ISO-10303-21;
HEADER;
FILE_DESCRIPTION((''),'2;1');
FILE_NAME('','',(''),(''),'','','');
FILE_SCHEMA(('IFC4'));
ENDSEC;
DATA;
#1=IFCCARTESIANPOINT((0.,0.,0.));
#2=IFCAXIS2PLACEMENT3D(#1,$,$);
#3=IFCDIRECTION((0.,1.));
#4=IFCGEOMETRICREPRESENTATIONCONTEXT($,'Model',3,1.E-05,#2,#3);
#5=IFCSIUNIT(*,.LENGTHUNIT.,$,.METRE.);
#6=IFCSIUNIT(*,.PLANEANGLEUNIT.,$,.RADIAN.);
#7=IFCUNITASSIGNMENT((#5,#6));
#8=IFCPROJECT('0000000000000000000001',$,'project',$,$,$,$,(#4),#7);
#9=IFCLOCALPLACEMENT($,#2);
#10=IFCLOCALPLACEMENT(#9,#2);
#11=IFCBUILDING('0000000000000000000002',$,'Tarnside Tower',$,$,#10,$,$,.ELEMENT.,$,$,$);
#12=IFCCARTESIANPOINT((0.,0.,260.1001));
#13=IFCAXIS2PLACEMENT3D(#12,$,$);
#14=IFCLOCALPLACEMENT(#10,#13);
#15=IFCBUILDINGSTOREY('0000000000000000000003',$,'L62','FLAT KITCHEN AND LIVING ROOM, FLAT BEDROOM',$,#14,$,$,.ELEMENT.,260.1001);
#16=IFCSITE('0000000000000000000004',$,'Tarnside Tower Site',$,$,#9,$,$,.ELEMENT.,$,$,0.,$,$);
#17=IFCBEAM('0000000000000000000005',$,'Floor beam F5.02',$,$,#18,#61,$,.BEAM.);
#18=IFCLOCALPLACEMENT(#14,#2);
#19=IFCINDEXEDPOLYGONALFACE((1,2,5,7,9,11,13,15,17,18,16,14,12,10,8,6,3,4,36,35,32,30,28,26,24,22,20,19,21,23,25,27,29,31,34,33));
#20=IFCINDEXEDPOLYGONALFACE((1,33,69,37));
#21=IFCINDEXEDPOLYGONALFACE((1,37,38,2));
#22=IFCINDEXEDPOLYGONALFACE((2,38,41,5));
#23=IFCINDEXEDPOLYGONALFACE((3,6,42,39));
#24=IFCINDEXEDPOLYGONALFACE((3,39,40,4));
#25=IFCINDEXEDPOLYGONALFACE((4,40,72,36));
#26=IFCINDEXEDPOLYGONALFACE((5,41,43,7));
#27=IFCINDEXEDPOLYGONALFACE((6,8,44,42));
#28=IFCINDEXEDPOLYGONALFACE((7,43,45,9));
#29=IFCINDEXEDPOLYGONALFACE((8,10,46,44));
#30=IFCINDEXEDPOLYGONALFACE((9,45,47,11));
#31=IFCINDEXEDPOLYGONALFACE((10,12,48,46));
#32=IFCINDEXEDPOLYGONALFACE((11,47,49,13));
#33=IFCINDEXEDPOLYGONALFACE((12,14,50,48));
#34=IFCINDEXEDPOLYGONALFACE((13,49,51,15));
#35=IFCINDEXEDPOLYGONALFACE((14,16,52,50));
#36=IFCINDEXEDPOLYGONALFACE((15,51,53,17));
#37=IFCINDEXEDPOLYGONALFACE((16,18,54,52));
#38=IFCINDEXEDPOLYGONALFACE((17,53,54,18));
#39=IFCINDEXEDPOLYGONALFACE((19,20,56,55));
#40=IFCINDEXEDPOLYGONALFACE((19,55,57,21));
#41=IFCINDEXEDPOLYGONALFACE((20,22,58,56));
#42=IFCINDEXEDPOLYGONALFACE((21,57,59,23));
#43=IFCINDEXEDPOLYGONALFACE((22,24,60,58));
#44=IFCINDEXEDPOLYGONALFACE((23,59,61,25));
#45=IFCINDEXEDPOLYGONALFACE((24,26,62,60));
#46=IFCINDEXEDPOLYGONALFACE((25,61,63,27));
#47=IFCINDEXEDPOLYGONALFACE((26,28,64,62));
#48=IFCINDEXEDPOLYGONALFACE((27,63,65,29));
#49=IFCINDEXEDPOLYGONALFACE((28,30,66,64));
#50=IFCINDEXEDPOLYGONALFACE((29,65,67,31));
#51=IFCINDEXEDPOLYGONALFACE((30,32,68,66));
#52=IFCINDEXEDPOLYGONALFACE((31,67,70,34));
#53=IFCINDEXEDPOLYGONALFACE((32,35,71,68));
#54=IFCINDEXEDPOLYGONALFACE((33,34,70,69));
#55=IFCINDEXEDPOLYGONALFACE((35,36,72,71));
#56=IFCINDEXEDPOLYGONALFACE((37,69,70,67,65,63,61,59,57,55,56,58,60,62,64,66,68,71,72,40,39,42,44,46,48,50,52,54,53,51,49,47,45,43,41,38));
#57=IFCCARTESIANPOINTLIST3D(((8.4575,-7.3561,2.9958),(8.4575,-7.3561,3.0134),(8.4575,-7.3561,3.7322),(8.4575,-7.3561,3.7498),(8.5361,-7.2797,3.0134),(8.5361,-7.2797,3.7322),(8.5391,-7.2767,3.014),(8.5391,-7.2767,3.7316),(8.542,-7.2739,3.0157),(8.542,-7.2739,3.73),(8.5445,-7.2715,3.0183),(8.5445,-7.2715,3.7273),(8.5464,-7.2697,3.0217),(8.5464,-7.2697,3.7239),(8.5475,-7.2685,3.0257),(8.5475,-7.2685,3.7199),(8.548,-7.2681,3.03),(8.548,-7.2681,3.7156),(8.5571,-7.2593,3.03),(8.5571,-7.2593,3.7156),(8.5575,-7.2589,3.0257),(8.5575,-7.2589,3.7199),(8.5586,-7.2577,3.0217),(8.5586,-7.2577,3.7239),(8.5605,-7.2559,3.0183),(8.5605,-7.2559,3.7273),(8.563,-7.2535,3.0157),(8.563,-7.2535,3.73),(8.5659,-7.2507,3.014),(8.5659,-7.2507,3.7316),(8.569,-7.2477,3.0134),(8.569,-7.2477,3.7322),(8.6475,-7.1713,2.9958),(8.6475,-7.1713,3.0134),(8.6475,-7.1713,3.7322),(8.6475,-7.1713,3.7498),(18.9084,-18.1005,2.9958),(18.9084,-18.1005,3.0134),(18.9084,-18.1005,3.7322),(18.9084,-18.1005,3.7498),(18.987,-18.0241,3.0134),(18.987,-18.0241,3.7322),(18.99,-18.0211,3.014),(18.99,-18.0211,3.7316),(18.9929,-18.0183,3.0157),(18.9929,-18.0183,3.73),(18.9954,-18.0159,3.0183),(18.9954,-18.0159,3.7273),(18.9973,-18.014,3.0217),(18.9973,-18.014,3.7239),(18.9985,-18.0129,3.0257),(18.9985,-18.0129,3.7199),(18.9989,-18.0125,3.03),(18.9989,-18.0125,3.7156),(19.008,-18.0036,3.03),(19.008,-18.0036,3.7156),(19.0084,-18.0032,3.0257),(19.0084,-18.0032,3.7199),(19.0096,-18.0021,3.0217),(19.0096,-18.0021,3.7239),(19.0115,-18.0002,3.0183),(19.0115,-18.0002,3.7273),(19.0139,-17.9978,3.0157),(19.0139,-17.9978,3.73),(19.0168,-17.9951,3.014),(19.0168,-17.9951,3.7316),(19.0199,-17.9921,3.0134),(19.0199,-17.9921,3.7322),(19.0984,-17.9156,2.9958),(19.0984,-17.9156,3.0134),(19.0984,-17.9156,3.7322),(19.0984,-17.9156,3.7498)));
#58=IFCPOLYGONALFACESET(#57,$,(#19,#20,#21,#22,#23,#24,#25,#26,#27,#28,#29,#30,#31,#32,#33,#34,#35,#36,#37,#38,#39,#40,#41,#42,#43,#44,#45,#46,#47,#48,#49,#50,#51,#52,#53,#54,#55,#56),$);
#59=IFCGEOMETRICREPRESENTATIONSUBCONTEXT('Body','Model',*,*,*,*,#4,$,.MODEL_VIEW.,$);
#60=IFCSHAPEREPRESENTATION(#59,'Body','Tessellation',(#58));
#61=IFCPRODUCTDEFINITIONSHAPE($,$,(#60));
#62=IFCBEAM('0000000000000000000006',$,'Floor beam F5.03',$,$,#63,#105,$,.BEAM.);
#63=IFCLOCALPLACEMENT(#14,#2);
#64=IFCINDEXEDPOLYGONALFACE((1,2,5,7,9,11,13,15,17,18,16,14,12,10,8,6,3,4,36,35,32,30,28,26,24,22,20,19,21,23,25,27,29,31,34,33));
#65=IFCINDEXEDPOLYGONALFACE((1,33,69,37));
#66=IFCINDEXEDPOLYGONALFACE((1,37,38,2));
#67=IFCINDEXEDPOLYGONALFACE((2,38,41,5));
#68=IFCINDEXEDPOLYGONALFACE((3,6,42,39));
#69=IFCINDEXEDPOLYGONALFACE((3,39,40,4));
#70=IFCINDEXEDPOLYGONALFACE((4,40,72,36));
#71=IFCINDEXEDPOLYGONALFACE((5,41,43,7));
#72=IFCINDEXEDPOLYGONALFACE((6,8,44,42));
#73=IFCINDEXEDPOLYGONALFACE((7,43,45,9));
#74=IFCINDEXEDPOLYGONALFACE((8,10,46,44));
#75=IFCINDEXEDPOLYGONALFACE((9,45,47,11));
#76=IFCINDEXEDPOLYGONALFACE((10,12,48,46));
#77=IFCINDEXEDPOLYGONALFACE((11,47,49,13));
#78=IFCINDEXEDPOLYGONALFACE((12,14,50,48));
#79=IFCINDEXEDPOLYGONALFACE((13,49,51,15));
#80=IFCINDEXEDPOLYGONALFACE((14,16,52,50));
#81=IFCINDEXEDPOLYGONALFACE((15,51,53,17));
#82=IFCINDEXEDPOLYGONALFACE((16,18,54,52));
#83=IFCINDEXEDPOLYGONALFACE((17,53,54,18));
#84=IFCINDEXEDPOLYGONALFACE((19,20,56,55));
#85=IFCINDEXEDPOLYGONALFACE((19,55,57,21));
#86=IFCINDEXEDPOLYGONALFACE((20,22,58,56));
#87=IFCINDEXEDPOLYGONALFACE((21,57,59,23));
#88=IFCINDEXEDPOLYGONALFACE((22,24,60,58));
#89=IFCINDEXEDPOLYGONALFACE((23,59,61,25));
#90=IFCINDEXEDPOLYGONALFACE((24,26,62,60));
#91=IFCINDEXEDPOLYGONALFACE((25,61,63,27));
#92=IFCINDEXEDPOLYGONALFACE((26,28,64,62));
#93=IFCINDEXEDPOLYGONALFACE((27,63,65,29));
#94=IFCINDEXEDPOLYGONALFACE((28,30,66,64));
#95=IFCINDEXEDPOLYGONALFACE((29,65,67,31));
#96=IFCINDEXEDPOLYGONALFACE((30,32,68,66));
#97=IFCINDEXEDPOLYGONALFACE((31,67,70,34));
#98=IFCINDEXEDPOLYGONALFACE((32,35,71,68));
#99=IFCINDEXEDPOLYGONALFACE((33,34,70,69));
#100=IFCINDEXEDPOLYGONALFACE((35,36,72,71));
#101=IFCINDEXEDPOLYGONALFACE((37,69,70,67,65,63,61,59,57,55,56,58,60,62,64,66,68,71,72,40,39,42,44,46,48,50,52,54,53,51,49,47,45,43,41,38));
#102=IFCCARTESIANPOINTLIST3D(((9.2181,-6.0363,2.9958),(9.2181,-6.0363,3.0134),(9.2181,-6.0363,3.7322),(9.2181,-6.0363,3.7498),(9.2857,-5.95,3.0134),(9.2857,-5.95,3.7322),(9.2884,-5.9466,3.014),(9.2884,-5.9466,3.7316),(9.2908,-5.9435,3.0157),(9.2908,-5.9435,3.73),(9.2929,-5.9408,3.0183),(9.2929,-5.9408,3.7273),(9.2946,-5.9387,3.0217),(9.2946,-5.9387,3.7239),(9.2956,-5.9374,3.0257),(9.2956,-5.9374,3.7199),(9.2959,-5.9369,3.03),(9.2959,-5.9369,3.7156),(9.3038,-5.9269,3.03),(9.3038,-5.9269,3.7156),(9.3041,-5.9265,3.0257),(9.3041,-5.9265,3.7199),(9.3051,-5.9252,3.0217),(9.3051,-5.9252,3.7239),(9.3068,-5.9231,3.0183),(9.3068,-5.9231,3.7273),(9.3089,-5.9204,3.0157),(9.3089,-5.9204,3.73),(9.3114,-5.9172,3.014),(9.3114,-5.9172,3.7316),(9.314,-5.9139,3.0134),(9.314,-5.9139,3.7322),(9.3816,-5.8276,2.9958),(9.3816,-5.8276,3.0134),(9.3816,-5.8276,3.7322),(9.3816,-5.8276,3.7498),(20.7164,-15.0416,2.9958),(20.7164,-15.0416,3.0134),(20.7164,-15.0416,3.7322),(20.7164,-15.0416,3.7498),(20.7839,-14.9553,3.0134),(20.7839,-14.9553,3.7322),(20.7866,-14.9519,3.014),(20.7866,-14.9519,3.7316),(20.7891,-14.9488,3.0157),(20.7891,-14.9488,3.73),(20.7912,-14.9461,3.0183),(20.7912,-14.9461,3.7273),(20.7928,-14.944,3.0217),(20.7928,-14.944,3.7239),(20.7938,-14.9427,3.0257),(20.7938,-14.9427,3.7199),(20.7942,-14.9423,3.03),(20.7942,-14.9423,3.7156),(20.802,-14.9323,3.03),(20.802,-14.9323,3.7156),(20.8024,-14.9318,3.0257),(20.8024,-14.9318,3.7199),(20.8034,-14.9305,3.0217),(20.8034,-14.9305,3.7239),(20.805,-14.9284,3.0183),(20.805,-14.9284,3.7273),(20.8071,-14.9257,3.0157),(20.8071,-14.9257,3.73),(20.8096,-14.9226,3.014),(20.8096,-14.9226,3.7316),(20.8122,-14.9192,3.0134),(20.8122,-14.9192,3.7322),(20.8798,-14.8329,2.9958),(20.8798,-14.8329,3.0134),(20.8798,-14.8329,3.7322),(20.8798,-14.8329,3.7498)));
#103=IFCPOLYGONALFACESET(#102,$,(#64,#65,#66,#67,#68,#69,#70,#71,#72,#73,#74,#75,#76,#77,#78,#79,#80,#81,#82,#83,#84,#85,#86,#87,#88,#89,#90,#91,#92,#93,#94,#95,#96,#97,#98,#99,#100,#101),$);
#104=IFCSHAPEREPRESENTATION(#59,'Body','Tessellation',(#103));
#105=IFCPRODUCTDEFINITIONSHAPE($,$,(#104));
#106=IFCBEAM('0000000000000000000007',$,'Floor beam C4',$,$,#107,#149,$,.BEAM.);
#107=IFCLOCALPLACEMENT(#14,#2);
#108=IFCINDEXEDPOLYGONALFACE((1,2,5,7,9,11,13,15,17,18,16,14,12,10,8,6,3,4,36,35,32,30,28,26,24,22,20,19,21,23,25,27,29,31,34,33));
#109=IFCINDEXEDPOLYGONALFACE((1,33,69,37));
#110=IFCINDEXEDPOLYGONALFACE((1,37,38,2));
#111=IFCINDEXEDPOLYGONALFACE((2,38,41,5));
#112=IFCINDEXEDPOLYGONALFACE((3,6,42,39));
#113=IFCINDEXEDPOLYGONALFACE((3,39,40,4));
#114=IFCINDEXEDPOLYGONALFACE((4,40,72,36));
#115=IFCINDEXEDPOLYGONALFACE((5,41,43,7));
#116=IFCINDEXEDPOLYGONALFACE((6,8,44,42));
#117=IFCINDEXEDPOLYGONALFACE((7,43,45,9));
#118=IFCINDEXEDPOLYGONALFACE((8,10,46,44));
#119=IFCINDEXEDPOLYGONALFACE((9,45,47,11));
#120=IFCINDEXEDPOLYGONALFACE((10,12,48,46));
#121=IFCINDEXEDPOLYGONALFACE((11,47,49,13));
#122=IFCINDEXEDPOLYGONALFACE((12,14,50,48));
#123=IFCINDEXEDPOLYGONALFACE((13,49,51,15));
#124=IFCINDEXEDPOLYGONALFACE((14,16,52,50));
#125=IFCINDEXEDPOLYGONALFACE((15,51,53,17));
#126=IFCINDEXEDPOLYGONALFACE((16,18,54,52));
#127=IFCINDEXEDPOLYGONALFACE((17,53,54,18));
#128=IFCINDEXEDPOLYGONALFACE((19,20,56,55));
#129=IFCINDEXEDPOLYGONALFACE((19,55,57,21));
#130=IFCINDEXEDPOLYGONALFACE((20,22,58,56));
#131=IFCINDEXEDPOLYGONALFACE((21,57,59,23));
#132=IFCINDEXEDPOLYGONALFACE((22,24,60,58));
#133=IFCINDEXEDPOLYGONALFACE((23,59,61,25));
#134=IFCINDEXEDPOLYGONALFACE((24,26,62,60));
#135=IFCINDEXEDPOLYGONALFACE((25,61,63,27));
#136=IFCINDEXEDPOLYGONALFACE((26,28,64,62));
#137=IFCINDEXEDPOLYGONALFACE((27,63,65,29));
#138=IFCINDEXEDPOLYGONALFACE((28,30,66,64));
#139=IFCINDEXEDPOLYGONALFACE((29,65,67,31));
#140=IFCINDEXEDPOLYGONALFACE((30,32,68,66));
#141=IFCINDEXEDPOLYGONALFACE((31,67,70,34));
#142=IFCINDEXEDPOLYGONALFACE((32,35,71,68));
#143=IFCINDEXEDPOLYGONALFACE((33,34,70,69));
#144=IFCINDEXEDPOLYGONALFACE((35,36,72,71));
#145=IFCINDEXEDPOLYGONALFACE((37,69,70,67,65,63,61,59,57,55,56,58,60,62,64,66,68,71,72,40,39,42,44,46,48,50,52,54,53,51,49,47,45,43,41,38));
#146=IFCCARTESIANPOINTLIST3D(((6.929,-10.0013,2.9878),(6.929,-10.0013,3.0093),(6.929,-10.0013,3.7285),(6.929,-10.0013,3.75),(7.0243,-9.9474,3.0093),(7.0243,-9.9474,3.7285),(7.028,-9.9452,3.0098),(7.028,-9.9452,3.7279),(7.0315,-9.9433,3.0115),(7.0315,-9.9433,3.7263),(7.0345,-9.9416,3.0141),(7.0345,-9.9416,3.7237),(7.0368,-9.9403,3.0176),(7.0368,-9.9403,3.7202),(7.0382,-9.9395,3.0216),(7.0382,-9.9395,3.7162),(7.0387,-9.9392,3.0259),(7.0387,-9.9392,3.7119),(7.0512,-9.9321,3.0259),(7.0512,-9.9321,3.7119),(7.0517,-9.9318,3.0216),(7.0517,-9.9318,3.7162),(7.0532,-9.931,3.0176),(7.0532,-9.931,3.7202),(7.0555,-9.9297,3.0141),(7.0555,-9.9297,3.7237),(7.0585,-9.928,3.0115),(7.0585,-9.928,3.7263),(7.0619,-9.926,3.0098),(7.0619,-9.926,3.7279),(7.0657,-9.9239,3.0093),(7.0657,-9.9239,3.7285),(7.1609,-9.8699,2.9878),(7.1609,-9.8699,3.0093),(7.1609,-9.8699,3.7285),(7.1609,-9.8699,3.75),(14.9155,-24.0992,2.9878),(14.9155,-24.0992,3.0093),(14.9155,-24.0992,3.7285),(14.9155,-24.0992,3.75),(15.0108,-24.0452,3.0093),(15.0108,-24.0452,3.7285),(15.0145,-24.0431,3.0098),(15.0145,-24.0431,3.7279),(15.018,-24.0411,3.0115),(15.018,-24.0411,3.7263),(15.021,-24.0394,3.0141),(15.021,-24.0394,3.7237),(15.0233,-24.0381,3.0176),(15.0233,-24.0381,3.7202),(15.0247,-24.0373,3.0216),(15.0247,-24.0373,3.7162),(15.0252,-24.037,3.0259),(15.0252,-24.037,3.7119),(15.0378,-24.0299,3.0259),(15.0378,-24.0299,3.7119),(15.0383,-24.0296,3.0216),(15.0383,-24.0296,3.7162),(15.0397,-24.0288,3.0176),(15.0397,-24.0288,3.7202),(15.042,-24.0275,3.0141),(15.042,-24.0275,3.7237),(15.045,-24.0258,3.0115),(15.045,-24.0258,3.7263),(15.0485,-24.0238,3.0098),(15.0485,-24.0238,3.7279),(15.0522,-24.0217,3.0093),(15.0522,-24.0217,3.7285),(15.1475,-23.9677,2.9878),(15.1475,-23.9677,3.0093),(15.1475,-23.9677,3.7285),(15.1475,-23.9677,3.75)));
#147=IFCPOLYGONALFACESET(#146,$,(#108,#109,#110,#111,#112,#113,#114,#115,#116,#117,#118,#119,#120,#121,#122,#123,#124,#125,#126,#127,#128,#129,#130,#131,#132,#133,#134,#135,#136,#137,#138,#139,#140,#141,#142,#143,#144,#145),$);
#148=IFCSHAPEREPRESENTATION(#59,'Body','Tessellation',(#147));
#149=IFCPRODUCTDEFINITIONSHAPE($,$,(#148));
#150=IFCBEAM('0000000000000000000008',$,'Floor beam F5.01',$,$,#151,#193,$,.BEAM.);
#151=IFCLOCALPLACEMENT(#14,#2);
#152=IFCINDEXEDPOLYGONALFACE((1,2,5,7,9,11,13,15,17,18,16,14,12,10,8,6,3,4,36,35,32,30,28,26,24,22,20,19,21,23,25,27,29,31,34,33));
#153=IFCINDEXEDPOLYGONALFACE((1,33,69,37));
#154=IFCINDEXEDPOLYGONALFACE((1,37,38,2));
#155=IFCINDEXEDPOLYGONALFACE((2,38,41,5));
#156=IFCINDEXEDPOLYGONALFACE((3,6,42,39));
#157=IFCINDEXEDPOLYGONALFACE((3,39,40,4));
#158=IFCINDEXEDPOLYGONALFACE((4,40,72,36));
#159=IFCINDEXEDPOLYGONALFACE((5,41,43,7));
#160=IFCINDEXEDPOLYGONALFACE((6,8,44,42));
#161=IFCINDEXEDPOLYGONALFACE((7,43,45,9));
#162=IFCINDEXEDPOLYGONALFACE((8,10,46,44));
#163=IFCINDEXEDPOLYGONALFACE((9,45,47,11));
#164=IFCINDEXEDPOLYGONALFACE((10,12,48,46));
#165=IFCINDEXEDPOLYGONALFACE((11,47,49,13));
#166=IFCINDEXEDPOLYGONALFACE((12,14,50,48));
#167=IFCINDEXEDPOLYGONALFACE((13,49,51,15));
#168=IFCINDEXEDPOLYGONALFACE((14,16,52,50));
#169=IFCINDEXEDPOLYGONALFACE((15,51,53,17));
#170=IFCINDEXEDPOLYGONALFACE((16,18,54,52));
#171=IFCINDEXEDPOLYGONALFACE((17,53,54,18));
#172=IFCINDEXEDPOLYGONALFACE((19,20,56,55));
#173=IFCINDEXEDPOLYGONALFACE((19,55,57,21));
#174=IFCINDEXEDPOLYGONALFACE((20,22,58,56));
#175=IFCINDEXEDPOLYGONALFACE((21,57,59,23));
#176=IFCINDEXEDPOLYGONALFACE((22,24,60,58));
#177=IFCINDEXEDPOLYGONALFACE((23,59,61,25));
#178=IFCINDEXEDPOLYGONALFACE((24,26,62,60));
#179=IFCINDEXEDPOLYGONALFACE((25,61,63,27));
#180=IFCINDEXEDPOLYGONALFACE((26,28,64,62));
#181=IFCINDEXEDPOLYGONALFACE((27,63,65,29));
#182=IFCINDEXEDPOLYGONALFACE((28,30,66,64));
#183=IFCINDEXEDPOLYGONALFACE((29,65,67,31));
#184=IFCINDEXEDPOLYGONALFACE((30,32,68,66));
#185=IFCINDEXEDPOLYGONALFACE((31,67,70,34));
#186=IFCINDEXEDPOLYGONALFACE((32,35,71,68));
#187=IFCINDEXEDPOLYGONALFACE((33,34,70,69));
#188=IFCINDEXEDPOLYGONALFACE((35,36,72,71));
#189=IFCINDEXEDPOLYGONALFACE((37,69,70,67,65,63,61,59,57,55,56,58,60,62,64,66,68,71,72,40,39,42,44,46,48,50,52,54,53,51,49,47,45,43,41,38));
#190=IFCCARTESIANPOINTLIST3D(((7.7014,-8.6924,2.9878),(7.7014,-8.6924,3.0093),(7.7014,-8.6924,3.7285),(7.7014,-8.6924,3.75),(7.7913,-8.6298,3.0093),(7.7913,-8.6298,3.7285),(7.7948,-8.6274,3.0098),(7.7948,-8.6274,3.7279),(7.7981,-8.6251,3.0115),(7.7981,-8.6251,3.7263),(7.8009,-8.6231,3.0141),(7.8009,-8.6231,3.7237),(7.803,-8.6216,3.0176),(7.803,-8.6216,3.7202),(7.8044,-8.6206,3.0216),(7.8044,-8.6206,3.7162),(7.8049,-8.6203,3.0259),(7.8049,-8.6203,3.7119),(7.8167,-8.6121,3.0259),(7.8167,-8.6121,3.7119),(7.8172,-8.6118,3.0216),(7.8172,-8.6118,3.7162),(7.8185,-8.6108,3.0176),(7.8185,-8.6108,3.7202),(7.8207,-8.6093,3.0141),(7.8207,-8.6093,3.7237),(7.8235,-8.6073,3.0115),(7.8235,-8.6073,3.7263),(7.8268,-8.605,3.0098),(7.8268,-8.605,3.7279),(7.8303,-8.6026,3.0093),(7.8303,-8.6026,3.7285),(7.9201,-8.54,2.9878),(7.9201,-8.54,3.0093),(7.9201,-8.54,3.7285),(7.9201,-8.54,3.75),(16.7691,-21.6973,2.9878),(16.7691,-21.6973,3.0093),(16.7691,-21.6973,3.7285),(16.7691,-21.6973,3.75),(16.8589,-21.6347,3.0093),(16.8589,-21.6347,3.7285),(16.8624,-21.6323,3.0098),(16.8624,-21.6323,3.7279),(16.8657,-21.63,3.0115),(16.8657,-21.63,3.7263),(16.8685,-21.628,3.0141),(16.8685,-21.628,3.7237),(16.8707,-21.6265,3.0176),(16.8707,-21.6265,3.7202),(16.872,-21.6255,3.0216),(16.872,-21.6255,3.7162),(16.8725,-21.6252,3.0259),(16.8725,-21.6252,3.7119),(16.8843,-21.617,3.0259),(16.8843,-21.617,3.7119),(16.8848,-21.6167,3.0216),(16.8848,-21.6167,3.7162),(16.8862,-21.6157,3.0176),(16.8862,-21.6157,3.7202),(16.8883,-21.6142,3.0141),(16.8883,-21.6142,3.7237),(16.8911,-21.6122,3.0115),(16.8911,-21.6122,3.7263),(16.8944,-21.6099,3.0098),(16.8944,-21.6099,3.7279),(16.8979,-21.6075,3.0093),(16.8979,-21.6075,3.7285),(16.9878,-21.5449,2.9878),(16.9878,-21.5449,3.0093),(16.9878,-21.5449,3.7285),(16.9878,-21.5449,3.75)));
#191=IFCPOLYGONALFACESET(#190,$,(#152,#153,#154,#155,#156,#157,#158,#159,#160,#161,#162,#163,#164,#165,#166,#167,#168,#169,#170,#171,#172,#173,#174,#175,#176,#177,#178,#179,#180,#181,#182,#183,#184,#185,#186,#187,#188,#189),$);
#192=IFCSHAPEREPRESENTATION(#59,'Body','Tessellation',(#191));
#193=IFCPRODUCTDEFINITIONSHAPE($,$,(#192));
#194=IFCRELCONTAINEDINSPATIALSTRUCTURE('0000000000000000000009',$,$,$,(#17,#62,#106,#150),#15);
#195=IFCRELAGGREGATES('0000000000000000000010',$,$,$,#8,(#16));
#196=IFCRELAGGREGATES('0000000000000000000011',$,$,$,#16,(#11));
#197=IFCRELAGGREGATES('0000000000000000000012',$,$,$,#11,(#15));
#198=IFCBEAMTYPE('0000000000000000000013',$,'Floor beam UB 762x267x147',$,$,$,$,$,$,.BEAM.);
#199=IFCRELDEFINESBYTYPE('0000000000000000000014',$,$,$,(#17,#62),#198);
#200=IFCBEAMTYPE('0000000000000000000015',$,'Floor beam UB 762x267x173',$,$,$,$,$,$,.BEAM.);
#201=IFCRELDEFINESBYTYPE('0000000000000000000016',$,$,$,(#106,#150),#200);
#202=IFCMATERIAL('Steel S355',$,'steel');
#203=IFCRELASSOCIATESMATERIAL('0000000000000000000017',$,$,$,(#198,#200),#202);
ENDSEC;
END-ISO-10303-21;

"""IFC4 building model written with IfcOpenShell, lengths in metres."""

from ifc_helpers import new_model, si_unit, direction, frame, origin, origin_2d, place, context, subcontext, project, spatial, i_section, extrude, material, material_profile, profile_set, type_object, element, save


model = new_model("IFC4")

# Units and contexts
model_context = context("Model", 3, precision=1e-05, world=origin(), true_north=direction((0.0, 1.0)))
body_context = subcontext(model_context, "Body", "Model", "MODEL_VIEW")
ifc_project = project(units=[si_unit("LENGTHUNIT", "METRE"), si_unit("PLANEANGLEUNIT", "RADIAN")], contexts=[model_context])

# Site, building, storey
site_placement = place(None, origin())
site = spatial("IfcSite", under=ifc_project, at=site_placement, Name="Tarnside Tower Site", CompositionType="ELEMENT", RefElevation=0.0)
building_placement = place(site_placement, origin())
building = spatial("IfcBuilding", under=site, at=building_placement, Name="Tarnside Tower", CompositionType="ELEMENT")
storey_placement = place(building_placement, frame((0.0, 0.0, 260.1001)))
storey = spatial("IfcBuildingStorey", under=building, at=storey_placement, Name="L62", Description="FLAT KITCHEN AND LIVING ROOM, FLAT BEDROOM", CompositionType="ELEMENT", Elevation=260.1001)

# Beams
ifc_material_1 = material(Name="Steel S355", Category="steel")
ifc_material_profile_1 = material_profile(ifc_material_1, i_section(OverallWidth=0.2651, OverallDepth=0.7539, WebThickness=0.0127, FlangeThickness=0.0176, FilletRadius=0.0166, at=origin_2d()), Name="UB 762x267x147")
ifc_profile_set_1 = profile_set([ifc_material_profile_1], Name="Steel S355")
beam_type_1 = type_object("IfcBeamType", Name="Floor beam UB 762x267x147", PredefinedType="BEAM", material=ifc_profile_set_1)
beam_1_placement = place(storey_placement, frame((19.0034, -18.0081, 3.3728), z_axis=(-0.69725, 0.716828, 0.0), x_axis=(-0.716828, -0.69725, 0.0)))
element("IfcBeam", 1, at=beam_1_placement, inside=storey, type_object=beam_type_1, Name="Floor beam F5.02", PredefinedType="BEAM", context=body_context, shape_type="SweptSolid", body=[
    extrude(i_section(OverallWidth=0.2651, OverallDepth=0.7539, WebThickness=0.0127, FlangeThickness=0.0176, FilletRadius=0.0166, at=origin_2d()), origin(), (0.0, 0.0, 1.0), 14.9888),
])
beam_2_placement = place(storey_placement, frame((20.7981, -14.9373, 3.3728), z_axis=(-0.787282, 0.616593, 0.0), x_axis=(-0.616593, -0.787282, 0.0)))
element("IfcBeam", 2, at=beam_2_placement, inside=storey, type_object=beam_type_1, Name="Floor beam F5.03", PredefinedType="BEAM", context=body_context, shape_type="SweptSolid", body=[
    extrude(i_section(OverallWidth=0.2651, OverallDepth=0.7539, WebThickness=0.0127, FlangeThickness=0.0176, FilletRadius=0.0166, at=origin_2d()), origin(), (0.0, 0.0, 1.0), 14.605),
])
ifc_material_profile_2 = material_profile(ifc_material_1, i_section(OverallWidth=0.2666, OverallDepth=0.7622, WebThickness=0.0144, FlangeThickness=0.0215, FilletRadius=0.0166, at=origin_2d()), Name="UB 762x267x173")
ifc_profile_set_2 = profile_set([ifc_material_profile_2], Name="Steel S355")
beam_type_2 = type_object("IfcBeamType", Name="Floor beam UB 762x267x173", PredefinedType="BEAM", material=ifc_profile_set_2)
beam_3_placement = place(storey_placement, frame((15.0315, -24.0334, 3.3689), z_axis=(-0.492908, 0.870081, 0.0), x_axis=(-0.870081, -0.492908, 0.0)))
element("IfcBeam", 3, at=beam_3_placement, inside=storey, type_object=beam_type_2, Name="Floor beam C4", PredefinedType="BEAM", context=body_context, shape_type="SweptSolid", body=[
    extrude(i_section(OverallWidth=0.2666, OverallDepth=0.7622, WebThickness=0.0144, FlangeThickness=0.0215, FilletRadius=0.0166, at=origin_2d()), origin(), (0.0, 0.0, 1.0), 16.2029),
])
beam_4_placement = place(storey_placement, frame((16.8784, -21.6211, 3.3689), z_axis=(-0.571946, 0.820291, 0.0), x_axis=(-0.820291, -0.571946, 0.0)))
element("IfcBeam", 4, at=beam_4_placement, inside=storey, type_object=beam_type_2, Name="Floor beam F5.01", PredefinedType="BEAM", context=body_context, shape_type="SweptSolid", body=[
    extrude(i_section(OverallWidth=0.2666, OverallDepth=0.7622, WebThickness=0.0144, FlangeThickness=0.0215, FilletRadius=0.0166, at=origin_2d()), origin(), (0.0, 0.0, 1.0), 15.854),
])

save(model, "model.ifc")
